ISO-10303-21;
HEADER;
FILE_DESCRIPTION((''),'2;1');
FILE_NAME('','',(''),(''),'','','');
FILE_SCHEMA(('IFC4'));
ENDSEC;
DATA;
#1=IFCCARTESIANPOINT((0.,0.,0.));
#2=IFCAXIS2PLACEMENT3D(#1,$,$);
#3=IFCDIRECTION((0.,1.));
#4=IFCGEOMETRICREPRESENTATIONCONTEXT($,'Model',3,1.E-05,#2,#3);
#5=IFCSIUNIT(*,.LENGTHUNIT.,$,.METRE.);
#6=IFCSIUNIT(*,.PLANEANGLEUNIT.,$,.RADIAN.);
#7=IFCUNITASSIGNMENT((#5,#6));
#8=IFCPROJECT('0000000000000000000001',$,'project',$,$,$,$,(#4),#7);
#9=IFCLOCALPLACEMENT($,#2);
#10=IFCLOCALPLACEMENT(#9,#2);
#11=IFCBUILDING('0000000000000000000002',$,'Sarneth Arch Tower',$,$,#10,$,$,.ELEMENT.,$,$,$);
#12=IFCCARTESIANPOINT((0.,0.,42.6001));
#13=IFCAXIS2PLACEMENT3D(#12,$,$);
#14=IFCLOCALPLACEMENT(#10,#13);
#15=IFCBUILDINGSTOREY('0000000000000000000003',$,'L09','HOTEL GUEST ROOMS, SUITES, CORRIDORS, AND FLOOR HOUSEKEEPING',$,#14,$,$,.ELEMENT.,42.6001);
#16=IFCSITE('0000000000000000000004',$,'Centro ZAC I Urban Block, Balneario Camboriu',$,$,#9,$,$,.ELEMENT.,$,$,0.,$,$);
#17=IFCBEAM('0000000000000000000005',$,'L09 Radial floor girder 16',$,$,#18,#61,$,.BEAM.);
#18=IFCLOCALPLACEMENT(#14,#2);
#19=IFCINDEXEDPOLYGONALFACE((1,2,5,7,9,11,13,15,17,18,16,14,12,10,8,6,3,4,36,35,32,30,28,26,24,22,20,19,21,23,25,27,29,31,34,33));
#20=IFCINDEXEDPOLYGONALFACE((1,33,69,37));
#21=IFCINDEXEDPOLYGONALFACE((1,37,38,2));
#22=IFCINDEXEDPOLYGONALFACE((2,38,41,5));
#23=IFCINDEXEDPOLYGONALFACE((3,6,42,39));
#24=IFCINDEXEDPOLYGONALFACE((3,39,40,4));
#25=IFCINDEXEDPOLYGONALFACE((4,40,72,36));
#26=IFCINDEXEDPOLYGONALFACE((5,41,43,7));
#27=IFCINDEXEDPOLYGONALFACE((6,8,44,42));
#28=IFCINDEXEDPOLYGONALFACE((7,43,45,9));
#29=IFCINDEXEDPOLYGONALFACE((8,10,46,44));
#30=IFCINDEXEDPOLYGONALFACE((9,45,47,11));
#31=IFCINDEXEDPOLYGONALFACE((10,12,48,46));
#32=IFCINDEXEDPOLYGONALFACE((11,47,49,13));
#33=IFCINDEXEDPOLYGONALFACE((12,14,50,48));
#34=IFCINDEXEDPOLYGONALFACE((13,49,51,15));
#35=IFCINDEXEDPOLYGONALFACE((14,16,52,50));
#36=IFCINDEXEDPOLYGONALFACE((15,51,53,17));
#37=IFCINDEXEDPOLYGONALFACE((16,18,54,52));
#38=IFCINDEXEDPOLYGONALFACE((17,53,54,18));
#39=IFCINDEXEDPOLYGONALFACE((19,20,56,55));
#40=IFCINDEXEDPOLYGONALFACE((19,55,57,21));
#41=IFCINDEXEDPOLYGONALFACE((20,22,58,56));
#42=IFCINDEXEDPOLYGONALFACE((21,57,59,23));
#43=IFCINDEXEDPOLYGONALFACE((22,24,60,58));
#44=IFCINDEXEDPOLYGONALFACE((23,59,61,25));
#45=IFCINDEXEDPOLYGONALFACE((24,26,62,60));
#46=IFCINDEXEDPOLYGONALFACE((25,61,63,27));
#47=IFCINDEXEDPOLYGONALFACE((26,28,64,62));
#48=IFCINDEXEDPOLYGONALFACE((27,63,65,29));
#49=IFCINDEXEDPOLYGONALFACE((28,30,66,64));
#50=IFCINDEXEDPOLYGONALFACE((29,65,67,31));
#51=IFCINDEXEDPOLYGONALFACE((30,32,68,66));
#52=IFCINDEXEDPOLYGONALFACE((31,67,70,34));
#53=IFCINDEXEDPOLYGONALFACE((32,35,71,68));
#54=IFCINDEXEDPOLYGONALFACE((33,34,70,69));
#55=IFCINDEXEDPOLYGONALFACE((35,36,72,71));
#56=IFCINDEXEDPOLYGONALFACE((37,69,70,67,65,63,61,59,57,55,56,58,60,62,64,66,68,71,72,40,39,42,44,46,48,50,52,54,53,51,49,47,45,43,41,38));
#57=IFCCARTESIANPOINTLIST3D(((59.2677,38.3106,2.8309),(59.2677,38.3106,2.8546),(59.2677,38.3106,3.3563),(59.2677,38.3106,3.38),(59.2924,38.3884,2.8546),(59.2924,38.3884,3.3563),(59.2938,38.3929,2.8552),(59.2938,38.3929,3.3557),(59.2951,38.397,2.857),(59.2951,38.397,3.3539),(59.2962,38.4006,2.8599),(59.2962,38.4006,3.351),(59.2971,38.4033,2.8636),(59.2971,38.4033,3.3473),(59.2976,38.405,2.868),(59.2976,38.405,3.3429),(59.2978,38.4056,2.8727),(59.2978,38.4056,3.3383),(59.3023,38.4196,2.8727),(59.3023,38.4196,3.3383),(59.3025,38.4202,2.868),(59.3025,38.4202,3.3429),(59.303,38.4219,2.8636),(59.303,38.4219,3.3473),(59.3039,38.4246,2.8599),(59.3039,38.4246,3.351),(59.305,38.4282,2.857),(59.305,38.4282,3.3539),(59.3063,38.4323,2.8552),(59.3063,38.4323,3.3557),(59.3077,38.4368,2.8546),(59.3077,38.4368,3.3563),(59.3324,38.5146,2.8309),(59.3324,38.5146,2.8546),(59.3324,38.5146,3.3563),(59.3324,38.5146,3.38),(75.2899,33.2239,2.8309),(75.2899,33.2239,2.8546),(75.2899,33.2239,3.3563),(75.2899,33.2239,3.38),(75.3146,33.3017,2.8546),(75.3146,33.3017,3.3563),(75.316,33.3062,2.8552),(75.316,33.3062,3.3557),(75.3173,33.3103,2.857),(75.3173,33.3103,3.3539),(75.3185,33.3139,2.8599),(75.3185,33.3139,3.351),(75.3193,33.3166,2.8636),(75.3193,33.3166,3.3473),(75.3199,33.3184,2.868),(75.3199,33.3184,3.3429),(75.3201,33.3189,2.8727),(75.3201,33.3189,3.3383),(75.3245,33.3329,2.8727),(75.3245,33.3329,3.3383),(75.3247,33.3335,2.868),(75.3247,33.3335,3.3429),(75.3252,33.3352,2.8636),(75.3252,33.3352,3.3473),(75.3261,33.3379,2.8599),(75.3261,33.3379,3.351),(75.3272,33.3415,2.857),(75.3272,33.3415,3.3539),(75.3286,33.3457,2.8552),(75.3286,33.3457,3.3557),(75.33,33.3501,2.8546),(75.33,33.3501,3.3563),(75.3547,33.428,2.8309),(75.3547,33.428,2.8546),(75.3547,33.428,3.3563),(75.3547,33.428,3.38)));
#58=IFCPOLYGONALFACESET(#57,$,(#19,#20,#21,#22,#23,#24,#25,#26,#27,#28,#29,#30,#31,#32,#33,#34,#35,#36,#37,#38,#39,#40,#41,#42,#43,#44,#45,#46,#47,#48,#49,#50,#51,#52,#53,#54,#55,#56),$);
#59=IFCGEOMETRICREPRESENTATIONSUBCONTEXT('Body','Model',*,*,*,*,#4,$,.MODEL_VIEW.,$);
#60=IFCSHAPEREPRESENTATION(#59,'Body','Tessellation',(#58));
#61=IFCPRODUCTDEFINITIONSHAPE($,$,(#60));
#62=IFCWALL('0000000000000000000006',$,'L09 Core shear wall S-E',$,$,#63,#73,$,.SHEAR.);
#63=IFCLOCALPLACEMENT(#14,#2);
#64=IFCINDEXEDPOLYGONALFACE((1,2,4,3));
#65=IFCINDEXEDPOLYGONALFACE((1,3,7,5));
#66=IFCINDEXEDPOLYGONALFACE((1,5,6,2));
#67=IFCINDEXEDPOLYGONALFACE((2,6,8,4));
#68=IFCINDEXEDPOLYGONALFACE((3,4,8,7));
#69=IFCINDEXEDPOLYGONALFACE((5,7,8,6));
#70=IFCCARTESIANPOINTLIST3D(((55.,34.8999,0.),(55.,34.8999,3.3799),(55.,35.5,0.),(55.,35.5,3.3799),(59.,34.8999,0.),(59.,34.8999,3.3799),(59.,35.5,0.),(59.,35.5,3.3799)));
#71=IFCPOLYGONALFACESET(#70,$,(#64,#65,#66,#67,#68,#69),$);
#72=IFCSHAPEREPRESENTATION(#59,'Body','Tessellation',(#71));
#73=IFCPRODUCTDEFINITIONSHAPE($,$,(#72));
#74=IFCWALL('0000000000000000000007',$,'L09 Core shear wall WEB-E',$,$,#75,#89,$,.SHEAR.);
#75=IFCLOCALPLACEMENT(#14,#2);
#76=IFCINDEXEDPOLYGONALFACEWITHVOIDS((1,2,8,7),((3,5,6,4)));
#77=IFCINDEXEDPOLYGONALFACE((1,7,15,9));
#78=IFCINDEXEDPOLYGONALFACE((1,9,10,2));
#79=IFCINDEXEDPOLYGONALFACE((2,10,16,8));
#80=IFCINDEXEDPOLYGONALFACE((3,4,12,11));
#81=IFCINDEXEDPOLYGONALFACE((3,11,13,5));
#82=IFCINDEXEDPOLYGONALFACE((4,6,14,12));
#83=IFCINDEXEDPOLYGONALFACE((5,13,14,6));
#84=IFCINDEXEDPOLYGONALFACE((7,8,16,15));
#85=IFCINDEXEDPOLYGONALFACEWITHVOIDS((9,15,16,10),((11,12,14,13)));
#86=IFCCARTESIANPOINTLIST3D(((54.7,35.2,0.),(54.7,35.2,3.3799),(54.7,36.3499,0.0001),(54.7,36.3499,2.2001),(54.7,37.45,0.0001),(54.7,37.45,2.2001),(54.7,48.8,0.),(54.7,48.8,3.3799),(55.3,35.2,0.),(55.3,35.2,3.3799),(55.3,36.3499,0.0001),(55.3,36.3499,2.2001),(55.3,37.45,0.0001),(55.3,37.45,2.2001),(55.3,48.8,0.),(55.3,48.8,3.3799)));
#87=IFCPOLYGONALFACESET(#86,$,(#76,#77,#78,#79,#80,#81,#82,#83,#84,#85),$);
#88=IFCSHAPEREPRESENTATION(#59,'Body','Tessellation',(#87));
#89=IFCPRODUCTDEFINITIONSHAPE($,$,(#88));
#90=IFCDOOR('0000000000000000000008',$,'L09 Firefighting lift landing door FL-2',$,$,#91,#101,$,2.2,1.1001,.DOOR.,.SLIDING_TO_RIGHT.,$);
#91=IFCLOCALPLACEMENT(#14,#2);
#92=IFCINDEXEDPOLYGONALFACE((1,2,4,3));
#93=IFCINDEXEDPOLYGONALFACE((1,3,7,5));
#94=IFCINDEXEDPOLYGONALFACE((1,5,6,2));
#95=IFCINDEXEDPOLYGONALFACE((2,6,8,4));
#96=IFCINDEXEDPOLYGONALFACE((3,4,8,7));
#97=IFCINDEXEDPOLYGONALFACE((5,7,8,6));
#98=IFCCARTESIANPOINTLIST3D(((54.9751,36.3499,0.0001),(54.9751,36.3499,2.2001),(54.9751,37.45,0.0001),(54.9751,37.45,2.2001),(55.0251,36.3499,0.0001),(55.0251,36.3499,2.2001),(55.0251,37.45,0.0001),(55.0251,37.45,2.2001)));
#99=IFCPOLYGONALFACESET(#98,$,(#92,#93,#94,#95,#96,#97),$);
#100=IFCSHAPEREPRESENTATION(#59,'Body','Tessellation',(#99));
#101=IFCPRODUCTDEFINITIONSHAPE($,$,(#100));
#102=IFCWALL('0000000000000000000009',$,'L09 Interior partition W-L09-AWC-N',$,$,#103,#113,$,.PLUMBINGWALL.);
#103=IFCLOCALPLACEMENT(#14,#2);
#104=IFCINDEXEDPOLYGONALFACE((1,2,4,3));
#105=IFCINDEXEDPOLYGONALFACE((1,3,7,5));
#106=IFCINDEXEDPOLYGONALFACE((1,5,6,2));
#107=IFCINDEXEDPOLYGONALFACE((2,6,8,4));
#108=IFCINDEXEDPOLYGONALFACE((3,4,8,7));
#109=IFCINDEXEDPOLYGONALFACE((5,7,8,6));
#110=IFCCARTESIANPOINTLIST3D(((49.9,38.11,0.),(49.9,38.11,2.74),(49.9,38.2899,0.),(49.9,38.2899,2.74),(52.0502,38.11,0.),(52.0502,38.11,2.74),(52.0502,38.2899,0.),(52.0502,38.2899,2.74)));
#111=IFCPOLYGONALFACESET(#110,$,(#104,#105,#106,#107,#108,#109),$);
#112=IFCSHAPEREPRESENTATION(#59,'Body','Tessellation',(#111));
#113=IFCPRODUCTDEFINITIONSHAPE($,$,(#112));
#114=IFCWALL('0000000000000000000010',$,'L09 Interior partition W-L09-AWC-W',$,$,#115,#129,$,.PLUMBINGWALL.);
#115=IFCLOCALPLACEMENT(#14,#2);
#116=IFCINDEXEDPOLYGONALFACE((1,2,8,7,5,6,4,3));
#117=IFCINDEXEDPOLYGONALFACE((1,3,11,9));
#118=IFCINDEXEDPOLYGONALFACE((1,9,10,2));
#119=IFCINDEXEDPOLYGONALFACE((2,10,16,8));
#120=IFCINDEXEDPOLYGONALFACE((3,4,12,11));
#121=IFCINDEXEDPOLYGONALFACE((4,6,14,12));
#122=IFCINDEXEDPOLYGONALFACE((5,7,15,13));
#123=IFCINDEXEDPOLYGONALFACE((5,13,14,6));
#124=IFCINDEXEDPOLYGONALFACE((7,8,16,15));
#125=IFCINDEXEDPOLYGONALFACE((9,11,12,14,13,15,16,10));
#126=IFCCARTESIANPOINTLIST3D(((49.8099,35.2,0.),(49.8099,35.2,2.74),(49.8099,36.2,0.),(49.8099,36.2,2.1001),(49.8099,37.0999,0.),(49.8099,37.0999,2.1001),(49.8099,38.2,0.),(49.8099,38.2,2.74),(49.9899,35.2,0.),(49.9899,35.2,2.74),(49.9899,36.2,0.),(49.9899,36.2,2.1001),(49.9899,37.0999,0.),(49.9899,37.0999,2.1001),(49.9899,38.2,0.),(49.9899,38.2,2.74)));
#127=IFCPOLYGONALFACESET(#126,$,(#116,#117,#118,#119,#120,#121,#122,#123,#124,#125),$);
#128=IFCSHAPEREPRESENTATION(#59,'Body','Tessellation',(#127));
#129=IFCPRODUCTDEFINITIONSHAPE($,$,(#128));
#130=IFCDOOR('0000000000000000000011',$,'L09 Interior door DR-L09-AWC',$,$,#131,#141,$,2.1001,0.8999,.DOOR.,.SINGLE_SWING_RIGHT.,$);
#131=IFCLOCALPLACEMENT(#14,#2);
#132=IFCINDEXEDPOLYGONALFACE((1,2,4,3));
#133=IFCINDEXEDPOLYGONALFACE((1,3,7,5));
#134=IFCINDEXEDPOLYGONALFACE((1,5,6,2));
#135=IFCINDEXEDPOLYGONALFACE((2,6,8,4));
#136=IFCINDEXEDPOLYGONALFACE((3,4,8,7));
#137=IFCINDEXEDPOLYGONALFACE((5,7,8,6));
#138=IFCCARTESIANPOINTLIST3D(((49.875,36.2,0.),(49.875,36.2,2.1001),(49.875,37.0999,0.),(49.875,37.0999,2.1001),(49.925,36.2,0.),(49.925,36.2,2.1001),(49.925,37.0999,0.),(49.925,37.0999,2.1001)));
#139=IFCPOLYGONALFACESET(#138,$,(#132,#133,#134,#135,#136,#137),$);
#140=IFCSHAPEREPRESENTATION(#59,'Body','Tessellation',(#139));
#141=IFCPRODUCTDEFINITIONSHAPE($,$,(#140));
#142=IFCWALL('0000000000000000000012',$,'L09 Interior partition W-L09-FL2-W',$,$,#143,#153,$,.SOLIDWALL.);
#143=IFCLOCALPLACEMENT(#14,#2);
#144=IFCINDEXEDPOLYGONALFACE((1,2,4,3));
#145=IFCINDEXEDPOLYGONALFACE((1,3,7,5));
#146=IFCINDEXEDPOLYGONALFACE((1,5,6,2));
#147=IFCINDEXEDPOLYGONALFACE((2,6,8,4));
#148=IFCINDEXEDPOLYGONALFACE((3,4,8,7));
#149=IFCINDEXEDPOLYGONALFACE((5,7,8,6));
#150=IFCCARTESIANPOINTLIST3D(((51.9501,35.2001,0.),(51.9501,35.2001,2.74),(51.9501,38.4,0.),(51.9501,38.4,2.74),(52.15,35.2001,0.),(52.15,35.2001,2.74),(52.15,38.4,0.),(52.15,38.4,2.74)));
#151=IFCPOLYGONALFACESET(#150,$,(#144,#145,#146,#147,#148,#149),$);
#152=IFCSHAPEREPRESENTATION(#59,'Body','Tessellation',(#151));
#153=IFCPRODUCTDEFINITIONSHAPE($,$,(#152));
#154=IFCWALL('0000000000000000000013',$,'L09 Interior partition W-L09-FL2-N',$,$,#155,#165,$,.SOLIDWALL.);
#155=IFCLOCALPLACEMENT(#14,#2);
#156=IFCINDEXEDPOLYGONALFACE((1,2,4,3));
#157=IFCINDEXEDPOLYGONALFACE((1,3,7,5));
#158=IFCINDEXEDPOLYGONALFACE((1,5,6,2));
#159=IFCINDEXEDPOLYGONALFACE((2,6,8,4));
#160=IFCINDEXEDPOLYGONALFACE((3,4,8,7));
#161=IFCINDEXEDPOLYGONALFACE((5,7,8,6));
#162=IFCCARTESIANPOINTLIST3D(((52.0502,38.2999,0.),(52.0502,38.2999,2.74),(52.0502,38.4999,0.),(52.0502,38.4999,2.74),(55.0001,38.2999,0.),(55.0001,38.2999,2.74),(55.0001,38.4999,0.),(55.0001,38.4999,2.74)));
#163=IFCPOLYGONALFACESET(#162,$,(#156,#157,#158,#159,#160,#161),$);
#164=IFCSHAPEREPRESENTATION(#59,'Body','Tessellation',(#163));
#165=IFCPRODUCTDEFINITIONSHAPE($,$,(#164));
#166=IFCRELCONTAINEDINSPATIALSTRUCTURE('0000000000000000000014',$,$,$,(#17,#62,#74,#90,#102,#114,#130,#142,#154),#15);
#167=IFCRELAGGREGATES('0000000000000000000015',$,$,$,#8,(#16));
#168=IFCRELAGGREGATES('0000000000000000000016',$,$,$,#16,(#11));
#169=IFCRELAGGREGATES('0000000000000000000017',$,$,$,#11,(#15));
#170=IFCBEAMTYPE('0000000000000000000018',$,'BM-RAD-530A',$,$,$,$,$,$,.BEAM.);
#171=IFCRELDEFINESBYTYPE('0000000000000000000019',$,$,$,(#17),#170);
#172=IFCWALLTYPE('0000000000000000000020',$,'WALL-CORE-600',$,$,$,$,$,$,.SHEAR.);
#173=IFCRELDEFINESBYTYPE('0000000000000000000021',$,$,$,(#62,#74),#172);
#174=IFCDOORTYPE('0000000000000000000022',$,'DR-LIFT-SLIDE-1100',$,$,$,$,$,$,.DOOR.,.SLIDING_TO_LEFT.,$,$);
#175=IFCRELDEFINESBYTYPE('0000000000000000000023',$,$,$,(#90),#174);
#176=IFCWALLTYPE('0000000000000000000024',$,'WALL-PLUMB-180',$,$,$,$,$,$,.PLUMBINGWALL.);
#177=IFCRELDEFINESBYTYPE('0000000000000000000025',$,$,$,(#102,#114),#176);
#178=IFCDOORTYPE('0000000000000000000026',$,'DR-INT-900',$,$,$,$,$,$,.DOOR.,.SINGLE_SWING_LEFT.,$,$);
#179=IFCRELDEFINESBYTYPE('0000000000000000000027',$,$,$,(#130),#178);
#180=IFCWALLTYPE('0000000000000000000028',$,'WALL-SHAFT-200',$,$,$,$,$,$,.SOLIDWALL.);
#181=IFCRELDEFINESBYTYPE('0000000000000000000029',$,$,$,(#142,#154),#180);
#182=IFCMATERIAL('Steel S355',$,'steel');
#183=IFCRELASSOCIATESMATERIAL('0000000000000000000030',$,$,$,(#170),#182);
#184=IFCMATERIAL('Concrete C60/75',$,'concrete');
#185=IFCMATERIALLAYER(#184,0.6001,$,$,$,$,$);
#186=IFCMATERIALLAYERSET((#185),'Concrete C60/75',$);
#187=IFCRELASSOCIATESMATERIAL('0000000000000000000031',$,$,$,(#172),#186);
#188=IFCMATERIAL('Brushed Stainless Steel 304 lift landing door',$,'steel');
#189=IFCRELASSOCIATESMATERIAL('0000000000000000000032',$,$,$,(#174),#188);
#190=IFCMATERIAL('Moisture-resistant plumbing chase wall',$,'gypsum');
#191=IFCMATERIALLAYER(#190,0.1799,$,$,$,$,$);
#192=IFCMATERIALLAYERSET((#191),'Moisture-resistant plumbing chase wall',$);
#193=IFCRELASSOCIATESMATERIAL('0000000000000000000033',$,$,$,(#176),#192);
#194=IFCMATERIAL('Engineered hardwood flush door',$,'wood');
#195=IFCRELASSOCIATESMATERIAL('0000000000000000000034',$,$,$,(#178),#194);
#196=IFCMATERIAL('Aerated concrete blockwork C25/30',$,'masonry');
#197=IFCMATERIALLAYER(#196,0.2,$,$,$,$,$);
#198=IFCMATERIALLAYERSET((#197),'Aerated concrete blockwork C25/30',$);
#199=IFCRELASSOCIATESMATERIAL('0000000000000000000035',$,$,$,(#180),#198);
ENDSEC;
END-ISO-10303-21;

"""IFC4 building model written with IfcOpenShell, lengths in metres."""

from ifc_helpers import new_model, si_unit, direction, frame, frame_2d, origin, origin_2d, place, context, subcontext, project, spatial, rectangle, i_section, extrude, material, layer, layer_set, material_profile, profile_set, type_object, element, fill, save


model = new_model("IFC4")

# Units and contexts
model_context = context("Model", 3, precision=1e-05, world=origin(), true_north=direction((0.0, 1.0)))
body_context = subcontext(model_context, "Body", "Model", "MODEL_VIEW")
ifc_project = project(units=[si_unit("LENGTHUNIT", "METRE"), si_unit("PLANEANGLEUNIT", "RADIAN")], contexts=[model_context])

# Site, building, storey
site_placement = place(None, origin())
site = spatial("IfcSite", under=ifc_project, at=site_placement, Name="Centro ZAC I Urban Block, Balneario Camboriu", CompositionType="ELEMENT", RefElevation=0.0)
building_placement = place(site_placement, origin())
building = spatial("IfcBuilding", under=site, at=building_placement, Name="Sarneth Arch Tower", CompositionType="ELEMENT")
storey_placement = place(building_placement, frame((0.0, 0.0, 42.6001)))
storey = spatial("IfcBuildingStorey", under=building, at=storey_placement, Name="L09", Description="HOTEL GUEST ROOMS, SUITES, CORRIDORS, AND FLOOR HOUSEKEEPING", CompositionType="ELEMENT", Elevation=42.6001)

# Beam
ifc_material_1 = material(Name="Steel S355", Category="steel")
ifc_material_profile_1 = material_profile(ifc_material_1, i_section(OverallWidth=0.2141, OverallDepth=0.5491, WebThickness=0.0146, FlangeThickness=0.0237, FilletRadius=0.0181, at=origin_2d()), Name="W530x138")
ifc_profile_set_1 = profile_set([ifc_material_profile_1], Name="Steel S355")
beam_type_1 = type_object("IfcBeamType", Name="BM-RAD-530A", PredefinedType="BEAM", material=ifc_profile_set_1)
beam_1_placement = place(storey_placement, frame((59.3, 38.4126, 3.1055), z_axis=(0.95312, -0.302593, 0.0), x_axis=(0.302593, 0.95312, 0.0)))
element("IfcBeam", 1, at=beam_1_placement, inside=storey, type_object=beam_type_1, Name="L09 Radial floor girder 16", PredefinedType="BEAM", context=body_context, shape_type="SweptSolid", body=[
    extrude(i_section(OverallWidth=0.2141, OverallDepth=0.5491, WebThickness=0.0146, FlangeThickness=0.0237, FilletRadius=0.0181, at=origin_2d()), origin(), (0.0, 0.0, 1.0), 16.8103),
])

# Wall
ifc_material_2 = material(Name="Concrete C60/75", Category="concrete")
ifc_layer_1 = layer(ifc_material_2, 0.6001)
ifc_layer_set_1 = layer_set([ifc_layer_1], Name="Concrete C60/75")
wall_type_1 = type_object("IfcWallType", Name="WALL-CORE-600", PredefinedType="SHEAR", material=ifc_layer_set_1)
wall_1_placement = place(storey_placement, frame((55.0, 35.2, 0.0), z_axis=(0.0, 0.0, 1.0), x_axis=(1.0, 0.0, 0.0)))
element("IfcWall", 2, at=wall_1_placement, inside=storey, type_object=wall_type_1, Name="L09 Core shear wall S-E", PredefinedType="SHEAR", context=body_context, shape_type="SweptSolid", body=[
    extrude(rectangle(XDim=4.0, YDim=0.6001, at=frame_2d((2.0, 0.0))), origin(), (0.0, 0.0, 1.0), 3.3799),
])

# Wall, opening, door
wall_2_placement = place(storey_placement, frame((55.0, 35.2, 0.0), z_axis=(0.0, 0.0, 1.0), x_axis=(0.0, 1.0, 0.0)))
wall_2 = element("IfcWall", 3, at=wall_2_placement, inside=storey, type_object=wall_type_1, Name="L09 Core shear wall WEB-E", PredefinedType="SHEAR", context=body_context, shape_type="SweptSolid", body=[
    extrude(rectangle(XDim=13.6001, YDim=0.6001, at=frame_2d((6.8, 0.0))), origin(), (0.0, 0.0, 1.0), 3.3799),
])
opening_1_placement = place(wall_2_placement, frame((1.1499, 0.0, 0.0)))
opening_1 = element("IfcOpeningElement", 4, at=opening_1_placement, cuts=wall_2, PredefinedType="OPENING", context=body_context, shape_type="SweptSolid", body=[
    extrude(rectangle(XDim=1.1001, YDim=2.2, at=frame_2d((0.55, 1.1001))), frame((0.0, 0.3101, 0.0), z_axis=(0.0, -1.0, 0.0), x_axis=(1.0, 0.0, 0.0)), (0.0, 0.0, 1.0), 0.6201),
])
ifc_material_3 = material(Name="Brushed Stainless Steel 304 lift landing door", Category="steel")
door_type_1 = type_object("IfcDoorType", Name="DR-LIFT-SLIDE-1100", OperationType="SLIDING_TO_LEFT", PredefinedType="DOOR", material=ifc_material_3)
door_1_placement = place(opening_1_placement, origin())
door_1 = element("IfcDoor", 5, at=door_1_placement, inside=storey, type_object=door_type_1, Name="L09 Firefighting lift landing door FL-2", OperationType="SLIDING_TO_RIGHT", OverallHeight=2.2, OverallWidth=1.1001, PredefinedType="DOOR", context=body_context, shape_type="SweptSolid", body=[
    extrude(rectangle(XDim=1.1001, YDim=2.2, at=frame_2d((0.55, 1.1001))), frame((0.0, 0.0249, 0.0), z_axis=(0.0, -1.0, 0.0), x_axis=(1.0, 0.0, 0.0)), (0.0, 0.0, 1.0), 0.05),
])
fill(opening_1, door_1)

# Wall
ifc_material_4 = material(Name="Moisture-resistant plumbing chase wall", Category="gypsum")
ifc_layer_2 = layer(ifc_material_4, 0.1799)
ifc_layer_set_2 = layer_set([ifc_layer_2], Name="Moisture-resistant plumbing chase wall")
wall_type_2 = type_object("IfcWallType", Name="WALL-PLUMB-180", PredefinedType="PLUMBINGWALL", material=ifc_layer_set_2)
wall_3_placement = place(storey_placement, frame((49.8999, 38.2, 0.0), z_axis=(0.0, 0.0, 1.0), x_axis=(1.0, 0.0, 0.0)))
element("IfcWall", 6, at=wall_3_placement, inside=storey, type_object=wall_type_2, Name="L09 Interior partition W-L09-AWC-N", PredefinedType="PLUMBINGWALL", context=body_context, shape_type="SweptSolid", body=[
    extrude(rectangle(XDim=2.1501, YDim=0.1799, at=frame_2d((1.0752, 0.0))), origin(), (0.0, 0.0, 1.0), 2.74),
])

# Wall, opening, door
wall_4_placement = place(storey_placement, frame((49.8999, 35.2, 0.0), z_axis=(0.0, 0.0, 1.0), x_axis=(0.0, 1.0, 0.0)))
wall_4 = element("IfcWall", 7, at=wall_4_placement, inside=storey, type_object=wall_type_2, Name="L09 Interior partition W-L09-AWC-W", PredefinedType="PLUMBINGWALL", context=body_context, shape_type="SweptSolid", body=[
    extrude(rectangle(XDim=3.0, YDim=0.1799, at=frame_2d((1.5, 0.0))), origin(), (0.0, 0.0, 1.0), 2.74),
])
opening_2_placement = place(wall_4_placement, frame((1.0, 0.0, 0.0)))
opening_2 = element("IfcOpeningElement", 8, at=opening_2_placement, cuts=wall_4, PredefinedType="OPENING", context=body_context, shape_type="SweptSolid", body=[
    extrude(rectangle(XDim=0.8999, YDim=2.1001, at=frame_2d((0.45, 1.05))), frame((0.0, 0.0999, 0.0), z_axis=(0.0, -1.0, 0.0), x_axis=(1.0, 0.0, 0.0)), (0.0, 0.0, 1.0), 0.2),
])
ifc_material_5 = material(Name="Engineered hardwood flush door", Category="wood")
door_type_2 = type_object("IfcDoorType", Name="DR-INT-900", OperationType="SINGLE_SWING_LEFT", PredefinedType="DOOR", material=ifc_material_5)
door_2_placement = place(opening_2_placement, origin())
door_2 = element("IfcDoor", 9, at=door_2_placement, inside=storey, type_object=door_type_2, Name="L09 Interior door DR-L09-AWC", OperationType="SINGLE_SWING_RIGHT", OverallHeight=2.1001, OverallWidth=0.8999, PredefinedType="DOOR", context=body_context, shape_type="SweptSolid", body=[
    extrude(rectangle(XDim=0.8999, YDim=2.1001, at=frame_2d((0.45, 1.05))), frame((0.0, 0.0249, 0.0), z_axis=(0.0, -1.0, 0.0), x_axis=(1.0, 0.0, 0.0)), (0.0, 0.0, 1.0), 0.05),
])
fill(opening_2, door_2)
ifc_material_6 = material(Name="Aerated concrete blockwork C25/30", Category="masonry")
ifc_layer_3 = layer(ifc_material_6, 0.2)
ifc_layer_set_3 = layer_set([ifc_layer_3], Name="Aerated concrete blockwork C25/30")
wall_type_3 = type_object("IfcWallType", Name="WALL-SHAFT-200", PredefinedType="SOLIDWALL", material=ifc_layer_set_3)

# Walls
wall_5_placement = place(storey_placement, frame((52.05, 35.2, 0.0), z_axis=(0.0, 0.0, 1.0), x_axis=(0.0, 1.0, 0.0)))
element("IfcWall", 10, at=wall_5_placement, inside=storey, type_object=wall_type_3, Name="L09 Interior partition W-L09-FL2-W", PredefinedType="SOLIDWALL", context=body_context, shape_type="SweptSolid", body=[
    extrude(rectangle(XDim=3.2, YDim=0.2, at=frame_2d((1.6001, 0.0))), origin(), (0.0, 0.0, 1.0), 2.74),
])
wall_6_placement = place(storey_placement, frame((52.05, 38.3999, 0.0), z_axis=(0.0, 0.0, 1.0), x_axis=(1.0, 0.0, 0.0)))
element("IfcWall", 11, at=wall_6_placement, inside=storey, type_object=wall_type_3, Name="L09 Interior partition W-L09-FL2-N", PredefinedType="SOLIDWALL", context=body_context, shape_type="SweptSolid", body=[
    extrude(rectangle(XDim=2.95, YDim=0.2, at=frame_2d((1.4751, 0.0))), origin(), (0.0, 0.0, 1.0), 2.74),
])

save(model, "model.ifc")
